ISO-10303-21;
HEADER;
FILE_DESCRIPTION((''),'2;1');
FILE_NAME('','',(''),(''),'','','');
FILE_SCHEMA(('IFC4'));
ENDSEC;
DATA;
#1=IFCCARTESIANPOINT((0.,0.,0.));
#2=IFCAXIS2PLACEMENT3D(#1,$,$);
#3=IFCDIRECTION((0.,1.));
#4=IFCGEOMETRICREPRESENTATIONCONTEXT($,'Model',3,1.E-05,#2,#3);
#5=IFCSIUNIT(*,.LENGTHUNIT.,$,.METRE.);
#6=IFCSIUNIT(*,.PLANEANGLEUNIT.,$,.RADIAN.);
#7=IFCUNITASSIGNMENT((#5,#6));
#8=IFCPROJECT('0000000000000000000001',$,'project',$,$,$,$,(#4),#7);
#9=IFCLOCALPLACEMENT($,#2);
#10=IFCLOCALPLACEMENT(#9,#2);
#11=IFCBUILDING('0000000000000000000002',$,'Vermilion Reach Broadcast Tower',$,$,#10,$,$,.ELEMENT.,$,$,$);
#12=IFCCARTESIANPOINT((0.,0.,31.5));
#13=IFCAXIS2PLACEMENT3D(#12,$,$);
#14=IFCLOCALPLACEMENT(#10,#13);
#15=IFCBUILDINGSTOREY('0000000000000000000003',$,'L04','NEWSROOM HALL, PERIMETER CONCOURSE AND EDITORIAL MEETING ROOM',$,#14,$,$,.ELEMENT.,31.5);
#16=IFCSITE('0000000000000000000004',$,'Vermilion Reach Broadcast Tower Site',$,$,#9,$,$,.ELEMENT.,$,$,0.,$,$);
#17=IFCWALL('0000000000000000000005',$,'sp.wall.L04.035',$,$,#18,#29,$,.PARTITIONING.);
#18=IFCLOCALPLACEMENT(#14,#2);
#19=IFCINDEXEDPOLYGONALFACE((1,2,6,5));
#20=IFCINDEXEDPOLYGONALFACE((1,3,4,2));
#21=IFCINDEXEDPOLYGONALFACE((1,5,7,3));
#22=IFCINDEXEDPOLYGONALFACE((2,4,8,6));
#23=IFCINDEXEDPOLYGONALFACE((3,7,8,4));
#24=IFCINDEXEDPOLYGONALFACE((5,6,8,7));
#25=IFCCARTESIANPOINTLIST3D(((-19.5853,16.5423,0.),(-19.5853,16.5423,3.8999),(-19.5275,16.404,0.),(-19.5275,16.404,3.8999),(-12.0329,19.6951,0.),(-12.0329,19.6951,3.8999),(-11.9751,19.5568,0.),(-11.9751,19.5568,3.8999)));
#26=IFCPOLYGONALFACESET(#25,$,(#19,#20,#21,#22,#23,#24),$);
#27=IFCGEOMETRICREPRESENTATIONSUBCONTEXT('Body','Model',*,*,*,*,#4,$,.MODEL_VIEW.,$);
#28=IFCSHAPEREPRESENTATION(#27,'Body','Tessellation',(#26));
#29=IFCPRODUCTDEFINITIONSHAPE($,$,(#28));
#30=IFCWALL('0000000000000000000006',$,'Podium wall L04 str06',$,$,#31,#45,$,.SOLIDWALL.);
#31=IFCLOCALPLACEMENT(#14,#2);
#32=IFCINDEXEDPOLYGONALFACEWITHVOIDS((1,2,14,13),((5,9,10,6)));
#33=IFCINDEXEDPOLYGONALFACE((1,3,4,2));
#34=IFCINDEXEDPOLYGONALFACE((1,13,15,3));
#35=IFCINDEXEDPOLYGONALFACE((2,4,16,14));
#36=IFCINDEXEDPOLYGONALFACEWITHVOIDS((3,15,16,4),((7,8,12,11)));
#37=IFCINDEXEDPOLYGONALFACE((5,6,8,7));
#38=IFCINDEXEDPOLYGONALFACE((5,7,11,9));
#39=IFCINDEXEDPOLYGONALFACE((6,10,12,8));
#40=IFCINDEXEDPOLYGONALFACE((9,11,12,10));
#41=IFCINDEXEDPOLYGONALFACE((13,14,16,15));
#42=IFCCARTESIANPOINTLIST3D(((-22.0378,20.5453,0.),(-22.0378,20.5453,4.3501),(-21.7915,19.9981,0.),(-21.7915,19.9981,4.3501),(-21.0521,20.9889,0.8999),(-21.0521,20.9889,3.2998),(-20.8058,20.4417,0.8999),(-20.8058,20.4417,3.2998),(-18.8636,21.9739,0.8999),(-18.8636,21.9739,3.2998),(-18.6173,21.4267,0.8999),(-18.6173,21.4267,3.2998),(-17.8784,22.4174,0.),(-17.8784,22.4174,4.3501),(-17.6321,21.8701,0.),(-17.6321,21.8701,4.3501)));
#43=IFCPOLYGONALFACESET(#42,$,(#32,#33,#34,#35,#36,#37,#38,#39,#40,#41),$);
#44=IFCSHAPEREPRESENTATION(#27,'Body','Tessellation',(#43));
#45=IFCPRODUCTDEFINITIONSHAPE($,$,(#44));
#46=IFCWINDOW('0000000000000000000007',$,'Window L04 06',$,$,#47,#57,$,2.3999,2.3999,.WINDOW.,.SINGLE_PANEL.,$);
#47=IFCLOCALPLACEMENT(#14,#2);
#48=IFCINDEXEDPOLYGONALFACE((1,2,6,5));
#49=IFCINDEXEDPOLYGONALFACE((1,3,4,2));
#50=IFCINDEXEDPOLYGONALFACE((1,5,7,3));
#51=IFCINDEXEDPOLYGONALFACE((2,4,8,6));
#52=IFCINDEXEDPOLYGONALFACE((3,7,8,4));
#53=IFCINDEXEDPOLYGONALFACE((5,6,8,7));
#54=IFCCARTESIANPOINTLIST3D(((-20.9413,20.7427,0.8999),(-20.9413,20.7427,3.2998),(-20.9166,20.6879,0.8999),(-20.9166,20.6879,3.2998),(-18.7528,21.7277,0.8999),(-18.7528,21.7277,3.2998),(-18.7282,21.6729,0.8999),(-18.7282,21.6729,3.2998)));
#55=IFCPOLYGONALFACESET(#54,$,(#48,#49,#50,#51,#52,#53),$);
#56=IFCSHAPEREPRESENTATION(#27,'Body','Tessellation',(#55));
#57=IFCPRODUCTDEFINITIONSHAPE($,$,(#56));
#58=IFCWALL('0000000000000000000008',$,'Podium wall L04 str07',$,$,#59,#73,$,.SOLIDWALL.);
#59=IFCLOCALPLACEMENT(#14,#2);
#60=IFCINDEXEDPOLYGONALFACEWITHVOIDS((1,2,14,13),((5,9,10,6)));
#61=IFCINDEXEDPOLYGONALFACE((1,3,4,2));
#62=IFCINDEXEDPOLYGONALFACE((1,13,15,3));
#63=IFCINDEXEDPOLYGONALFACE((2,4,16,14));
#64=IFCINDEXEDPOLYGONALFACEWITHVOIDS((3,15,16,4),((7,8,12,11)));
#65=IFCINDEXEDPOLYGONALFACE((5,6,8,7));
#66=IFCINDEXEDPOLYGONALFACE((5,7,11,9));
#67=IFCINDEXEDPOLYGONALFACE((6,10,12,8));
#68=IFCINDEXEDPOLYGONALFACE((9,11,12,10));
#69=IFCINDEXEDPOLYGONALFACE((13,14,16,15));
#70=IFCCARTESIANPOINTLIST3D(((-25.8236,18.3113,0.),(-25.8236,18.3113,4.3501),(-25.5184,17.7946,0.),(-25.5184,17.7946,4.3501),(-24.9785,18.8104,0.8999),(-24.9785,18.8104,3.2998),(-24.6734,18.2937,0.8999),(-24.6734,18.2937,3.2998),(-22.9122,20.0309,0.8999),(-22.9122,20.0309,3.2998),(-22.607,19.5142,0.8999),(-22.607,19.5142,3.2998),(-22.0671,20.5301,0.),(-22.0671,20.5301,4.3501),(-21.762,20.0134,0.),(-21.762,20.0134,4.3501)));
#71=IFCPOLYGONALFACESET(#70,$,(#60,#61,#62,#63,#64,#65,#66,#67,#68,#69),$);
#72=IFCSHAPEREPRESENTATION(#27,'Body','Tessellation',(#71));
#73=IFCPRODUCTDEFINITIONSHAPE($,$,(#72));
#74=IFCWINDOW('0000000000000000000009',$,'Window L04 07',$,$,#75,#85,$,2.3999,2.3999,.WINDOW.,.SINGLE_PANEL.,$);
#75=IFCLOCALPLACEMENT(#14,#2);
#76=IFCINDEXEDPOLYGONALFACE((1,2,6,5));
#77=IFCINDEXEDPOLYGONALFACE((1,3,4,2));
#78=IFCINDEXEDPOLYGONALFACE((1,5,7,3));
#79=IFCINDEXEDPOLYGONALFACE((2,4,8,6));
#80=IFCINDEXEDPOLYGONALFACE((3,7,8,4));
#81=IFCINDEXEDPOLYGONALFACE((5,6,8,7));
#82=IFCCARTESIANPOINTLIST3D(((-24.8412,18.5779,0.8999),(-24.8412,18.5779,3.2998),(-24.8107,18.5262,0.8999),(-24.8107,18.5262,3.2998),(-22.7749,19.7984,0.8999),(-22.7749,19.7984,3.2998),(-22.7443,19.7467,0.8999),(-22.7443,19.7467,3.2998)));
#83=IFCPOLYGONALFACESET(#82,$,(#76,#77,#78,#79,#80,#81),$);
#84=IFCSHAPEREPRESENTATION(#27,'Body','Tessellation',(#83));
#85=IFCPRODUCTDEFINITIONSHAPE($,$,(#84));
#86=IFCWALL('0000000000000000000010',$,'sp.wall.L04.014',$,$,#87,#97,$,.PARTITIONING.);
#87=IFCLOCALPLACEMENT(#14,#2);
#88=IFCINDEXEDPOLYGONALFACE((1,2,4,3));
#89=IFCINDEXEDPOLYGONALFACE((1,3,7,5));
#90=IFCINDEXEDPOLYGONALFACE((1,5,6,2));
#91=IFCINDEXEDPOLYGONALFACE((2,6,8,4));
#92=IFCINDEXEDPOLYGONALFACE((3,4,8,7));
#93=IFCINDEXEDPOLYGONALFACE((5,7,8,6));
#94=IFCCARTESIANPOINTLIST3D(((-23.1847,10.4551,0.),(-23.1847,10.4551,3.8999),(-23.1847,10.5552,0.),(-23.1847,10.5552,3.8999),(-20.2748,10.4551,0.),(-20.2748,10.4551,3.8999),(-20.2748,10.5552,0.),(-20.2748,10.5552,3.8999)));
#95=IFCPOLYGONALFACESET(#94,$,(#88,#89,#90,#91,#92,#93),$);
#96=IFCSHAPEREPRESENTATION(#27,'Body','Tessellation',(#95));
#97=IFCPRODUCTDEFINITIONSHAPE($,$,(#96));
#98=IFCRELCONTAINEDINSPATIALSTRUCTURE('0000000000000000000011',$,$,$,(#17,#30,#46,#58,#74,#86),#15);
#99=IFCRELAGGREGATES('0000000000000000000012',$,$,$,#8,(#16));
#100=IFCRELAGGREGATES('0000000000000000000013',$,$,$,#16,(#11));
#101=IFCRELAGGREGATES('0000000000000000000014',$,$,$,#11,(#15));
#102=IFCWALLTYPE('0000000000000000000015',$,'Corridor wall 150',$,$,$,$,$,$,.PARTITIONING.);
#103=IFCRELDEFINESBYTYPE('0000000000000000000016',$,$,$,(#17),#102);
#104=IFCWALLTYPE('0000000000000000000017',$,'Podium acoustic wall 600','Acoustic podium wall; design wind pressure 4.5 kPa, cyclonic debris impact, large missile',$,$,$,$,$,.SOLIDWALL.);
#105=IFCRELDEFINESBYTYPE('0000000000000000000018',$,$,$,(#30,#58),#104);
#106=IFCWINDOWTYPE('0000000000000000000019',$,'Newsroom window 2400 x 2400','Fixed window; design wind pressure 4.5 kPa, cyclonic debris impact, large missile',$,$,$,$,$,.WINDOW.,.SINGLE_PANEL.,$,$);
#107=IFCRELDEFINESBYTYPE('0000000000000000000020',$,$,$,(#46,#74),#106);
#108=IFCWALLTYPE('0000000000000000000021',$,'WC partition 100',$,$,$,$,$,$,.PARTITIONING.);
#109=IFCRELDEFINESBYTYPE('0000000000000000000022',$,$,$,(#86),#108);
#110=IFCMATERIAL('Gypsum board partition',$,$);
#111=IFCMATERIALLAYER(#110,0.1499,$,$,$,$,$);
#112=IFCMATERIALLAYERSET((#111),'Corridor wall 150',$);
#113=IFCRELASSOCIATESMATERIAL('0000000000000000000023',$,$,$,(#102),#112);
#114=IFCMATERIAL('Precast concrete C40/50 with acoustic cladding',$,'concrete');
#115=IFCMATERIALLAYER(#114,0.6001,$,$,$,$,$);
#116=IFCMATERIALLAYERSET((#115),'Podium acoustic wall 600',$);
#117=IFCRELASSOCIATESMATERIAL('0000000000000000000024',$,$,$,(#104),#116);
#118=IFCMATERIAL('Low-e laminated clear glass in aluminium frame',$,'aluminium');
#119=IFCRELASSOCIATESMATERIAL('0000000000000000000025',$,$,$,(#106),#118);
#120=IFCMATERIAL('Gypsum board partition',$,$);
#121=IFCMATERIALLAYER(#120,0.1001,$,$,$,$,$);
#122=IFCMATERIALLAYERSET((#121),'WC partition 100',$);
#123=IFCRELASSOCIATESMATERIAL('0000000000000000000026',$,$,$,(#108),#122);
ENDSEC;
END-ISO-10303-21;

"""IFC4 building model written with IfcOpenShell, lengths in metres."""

from ifc_helpers import new_model, si_unit, direction, frame, frame_2d, origin, place, context, subcontext, project, spatial, rectangle, extrude, material, layer, layer_set, type_object, element, fill, save


model = new_model("IFC4")

# Units and contexts
model_context = context("Model", 3, precision=1e-05, world=origin(), true_north=direction((0.0, 1.0)))
body_context = subcontext(model_context, "Body", "Model", "MODEL_VIEW")
ifc_project = project(units=[si_unit("LENGTHUNIT", "METRE"), si_unit("PLANEANGLEUNIT", "RADIAN")], contexts=[model_context])

# Site, building, storey
site_placement = place(None, origin())
site = spatial("IfcSite", under=ifc_project, at=site_placement, Name="Vermilion Reach Broadcast Tower Site", CompositionType="ELEMENT", RefElevation=0.0)
building_placement = place(site_placement, origin())
building = spatial("IfcBuilding", under=site, at=building_placement, Name="Vermilion Reach Broadcast Tower", CompositionType="ELEMENT")
storey_placement = place(building_placement, frame((0.0, 0.0, 31.5)))
storey = spatial("IfcBuildingStorey", under=building, at=storey_placement, Name="L04", Description="NEWSROOM HALL, PERIMETER CONCOURSE AND EDITORIAL MEETING ROOM", CompositionType="ELEMENT", Elevation=31.5)

# Shared definitions
ifc_material_1 = material(Name="Gypsum board partition")
ifc_layer_1 = layer(ifc_material_1, 0.1499)
ifc_layer_set_1 = layer_set([ifc_layer_1], Name="Corridor wall 150")
wall_type_1 = type_object("IfcWallType", Name="Corridor wall 150", PredefinedType="PARTITIONING", material=ifc_layer_set_1)

# Wall
wall_1_placement = place(storey_placement, frame((-19.5564, 16.4731, 0.0), z_axis=(0.0, 0.0, 1.0), x_axis=(0.922818, 0.385236, 0.0)))
element("IfcWall", 1, at=wall_1_placement, inside=storey, type_object=wall_type_1, Name="sp.wall.L04.035", PredefinedType="PARTITIONING", context=body_context, shape_type="SweptSolid", body=[
    extrude(rectangle(XDim=8.1841, YDim=0.1499, at=frame_2d((4.092, 0.0))), origin(), (0.0, 0.0, 1.0), 3.8999),
])

# Walls, openings, windows
ifc_material_2 = material(Name="Precast concrete C40/50 with acoustic cladding", Category="concrete")
ifc_layer_2 = layer(ifc_material_2, 0.6001)
ifc_layer_set_2 = layer_set([ifc_layer_2], Name="Podium acoustic wall 600")
wall_type_2 = type_object("IfcWallType", Name="Podium acoustic wall 600", Description="Acoustic podium wall; design wind pressure 4.5 kPa, cyclonic debris impact, large missile", PredefinedType="SOLIDWALL", material=ifc_layer_set_2)
wall_2_placement = place(storey_placement, frame((-17.7551, 22.1438, 0.0), z_axis=(0.0, 0.0, 1.0), x_axis=(-0.911894, -0.410425, 0.0)))
wall_2 = element("IfcWall", 2, at=wall_2_placement, inside=storey, type_object=wall_type_2, Name="Podium wall L04 str06", PredefinedType="SOLIDWALL", context=body_context, shape_type="SweptSolid", body=[
    extrude(rectangle(XDim=4.5613, YDim=0.6001, at=frame_2d((2.2808, 0.0))), origin(), (0.0, 0.0, 1.0), 4.3501),
])
opening_1_placement = place(wall_2_placement, frame((1.0806, 0.0, 0.8999)))
opening_1 = element("IfcOpeningElement", 3, at=opening_1_placement, cuts=wall_2, PredefinedType="OPENING", context=body_context, shape_type="SweptSolid", body=[
    extrude(rectangle(XDim=2.3999, YDim=2.3999, at=frame_2d((1.2, 1.2))), frame((0.0, 0.3101, 0.0), z_axis=(0.0, -1.0, 0.0), x_axis=(1.0, 0.0, 0.0)), (0.0, 0.0, 1.0), 0.6201),
])
ifc_material_3 = material(Name="Low-e laminated clear glass in aluminium frame", Category="aluminium")
window_type = type_object("IfcWindowType", Name="Newsroom window 2400 x 2400", Description="Fixed window; design wind pressure 4.5 kPa, cyclonic debris impact, large missile", PartitioningType="SINGLE_PANEL", PredefinedType="WINDOW", material=ifc_material_3)
window_1_placement = place(opening_1_placement, origin())
window_1 = element("IfcWindow", 4, at=window_1_placement, inside=storey, type_object=window_type, Name="Window L04 06", OverallHeight=2.3999, OverallWidth=2.3999, PartitioningType="SINGLE_PANEL", PredefinedType="WINDOW", context=body_context, shape_type="SweptSolid", body=[
    extrude(rectangle(XDim=2.3999, YDim=2.3999, at=frame_2d((1.2, 1.2))), frame((0.0, 0.03, 0.0), z_axis=(0.0, -1.0, 0.0), x_axis=(1.0, 0.0, 0.0)), (0.0, 0.0, 1.0), 0.0601),
])
fill(opening_1, window_1)
wall_3_placement = place(storey_placement, frame((-21.9146, 20.2717, 0.0), z_axis=(0.0, 0.0, 1.0), x_axis=(-0.861018, -0.508575, 0.0)))
wall_3 = element("IfcWall", 5, at=wall_3_placement, inside=storey, type_object=wall_type_2, Name="Podium wall L04 str07", PredefinedType="SOLIDWALL", context=body_context, shape_type="SweptSolid", body=[
    extrude(rectangle(XDim=4.3628, YDim=0.6001, at=frame_2d((2.1814, 0.0))), origin(), (0.0, 0.0, 1.0), 4.3501),
])
opening_2_placement = place(wall_3_placement, frame((0.9814, 0.0, 0.8999)))
opening_2 = element("IfcOpeningElement", 6, at=opening_2_placement, cuts=wall_3, PredefinedType="OPENING", context=body_context, shape_type="SweptSolid", body=[
    extrude(rectangle(XDim=2.3999, YDim=2.3999, at=frame_2d((1.2, 1.2))), frame((0.0, 0.3101, 0.0), z_axis=(0.0, -1.0, 0.0), x_axis=(1.0, 0.0, 0.0)), (0.0, 0.0, 1.0), 0.6201),
])
window_2_placement = place(opening_2_placement, origin())
window_2 = element("IfcWindow", 7, at=window_2_placement, inside=storey, type_object=window_type, Name="Window L04 07", OverallHeight=2.3999, OverallWidth=2.3999, PartitioningType="SINGLE_PANEL", PredefinedType="WINDOW", context=body_context, shape_type="SweptSolid", body=[
    extrude(rectangle(XDim=2.3999, YDim=2.3999, at=frame_2d((1.2, 1.2))), frame((0.0, 0.03, 0.0), z_axis=(0.0, -1.0, 0.0), x_axis=(1.0, 0.0, 0.0)), (0.0, 0.0, 1.0), 0.0601),
])
fill(opening_2, window_2)

# Wall
ifc_material_4 = material(Name="Gypsum board partition")
ifc_layer_3 = layer(ifc_material_4, 0.1001)
ifc_layer_set_3 = layer_set([ifc_layer_3], Name="WC partition 100")
wall_type_3 = type_object("IfcWallType", Name="WC partition 100", PredefinedType="PARTITIONING", material=ifc_layer_set_3)
wall_4_placement = place(storey_placement, frame((-23.1848, 10.5051, 0.0), z_axis=(0.0, 0.0, 1.0), x_axis=(1.0, 0.0, 0.0)))
element("IfcWall", 8, at=wall_4_placement, inside=storey, type_object=wall_type_3, Name="sp.wall.L04.014", PredefinedType="PARTITIONING", context=body_context, shape_type="SweptSolid", body=[
    extrude(rectangle(XDim=2.9099, YDim=0.1001, at=frame_2d((1.4551, 0.0))), origin(), (0.0, 0.0, 1.0), 3.8999),
])

save(model, "model.ifc")
